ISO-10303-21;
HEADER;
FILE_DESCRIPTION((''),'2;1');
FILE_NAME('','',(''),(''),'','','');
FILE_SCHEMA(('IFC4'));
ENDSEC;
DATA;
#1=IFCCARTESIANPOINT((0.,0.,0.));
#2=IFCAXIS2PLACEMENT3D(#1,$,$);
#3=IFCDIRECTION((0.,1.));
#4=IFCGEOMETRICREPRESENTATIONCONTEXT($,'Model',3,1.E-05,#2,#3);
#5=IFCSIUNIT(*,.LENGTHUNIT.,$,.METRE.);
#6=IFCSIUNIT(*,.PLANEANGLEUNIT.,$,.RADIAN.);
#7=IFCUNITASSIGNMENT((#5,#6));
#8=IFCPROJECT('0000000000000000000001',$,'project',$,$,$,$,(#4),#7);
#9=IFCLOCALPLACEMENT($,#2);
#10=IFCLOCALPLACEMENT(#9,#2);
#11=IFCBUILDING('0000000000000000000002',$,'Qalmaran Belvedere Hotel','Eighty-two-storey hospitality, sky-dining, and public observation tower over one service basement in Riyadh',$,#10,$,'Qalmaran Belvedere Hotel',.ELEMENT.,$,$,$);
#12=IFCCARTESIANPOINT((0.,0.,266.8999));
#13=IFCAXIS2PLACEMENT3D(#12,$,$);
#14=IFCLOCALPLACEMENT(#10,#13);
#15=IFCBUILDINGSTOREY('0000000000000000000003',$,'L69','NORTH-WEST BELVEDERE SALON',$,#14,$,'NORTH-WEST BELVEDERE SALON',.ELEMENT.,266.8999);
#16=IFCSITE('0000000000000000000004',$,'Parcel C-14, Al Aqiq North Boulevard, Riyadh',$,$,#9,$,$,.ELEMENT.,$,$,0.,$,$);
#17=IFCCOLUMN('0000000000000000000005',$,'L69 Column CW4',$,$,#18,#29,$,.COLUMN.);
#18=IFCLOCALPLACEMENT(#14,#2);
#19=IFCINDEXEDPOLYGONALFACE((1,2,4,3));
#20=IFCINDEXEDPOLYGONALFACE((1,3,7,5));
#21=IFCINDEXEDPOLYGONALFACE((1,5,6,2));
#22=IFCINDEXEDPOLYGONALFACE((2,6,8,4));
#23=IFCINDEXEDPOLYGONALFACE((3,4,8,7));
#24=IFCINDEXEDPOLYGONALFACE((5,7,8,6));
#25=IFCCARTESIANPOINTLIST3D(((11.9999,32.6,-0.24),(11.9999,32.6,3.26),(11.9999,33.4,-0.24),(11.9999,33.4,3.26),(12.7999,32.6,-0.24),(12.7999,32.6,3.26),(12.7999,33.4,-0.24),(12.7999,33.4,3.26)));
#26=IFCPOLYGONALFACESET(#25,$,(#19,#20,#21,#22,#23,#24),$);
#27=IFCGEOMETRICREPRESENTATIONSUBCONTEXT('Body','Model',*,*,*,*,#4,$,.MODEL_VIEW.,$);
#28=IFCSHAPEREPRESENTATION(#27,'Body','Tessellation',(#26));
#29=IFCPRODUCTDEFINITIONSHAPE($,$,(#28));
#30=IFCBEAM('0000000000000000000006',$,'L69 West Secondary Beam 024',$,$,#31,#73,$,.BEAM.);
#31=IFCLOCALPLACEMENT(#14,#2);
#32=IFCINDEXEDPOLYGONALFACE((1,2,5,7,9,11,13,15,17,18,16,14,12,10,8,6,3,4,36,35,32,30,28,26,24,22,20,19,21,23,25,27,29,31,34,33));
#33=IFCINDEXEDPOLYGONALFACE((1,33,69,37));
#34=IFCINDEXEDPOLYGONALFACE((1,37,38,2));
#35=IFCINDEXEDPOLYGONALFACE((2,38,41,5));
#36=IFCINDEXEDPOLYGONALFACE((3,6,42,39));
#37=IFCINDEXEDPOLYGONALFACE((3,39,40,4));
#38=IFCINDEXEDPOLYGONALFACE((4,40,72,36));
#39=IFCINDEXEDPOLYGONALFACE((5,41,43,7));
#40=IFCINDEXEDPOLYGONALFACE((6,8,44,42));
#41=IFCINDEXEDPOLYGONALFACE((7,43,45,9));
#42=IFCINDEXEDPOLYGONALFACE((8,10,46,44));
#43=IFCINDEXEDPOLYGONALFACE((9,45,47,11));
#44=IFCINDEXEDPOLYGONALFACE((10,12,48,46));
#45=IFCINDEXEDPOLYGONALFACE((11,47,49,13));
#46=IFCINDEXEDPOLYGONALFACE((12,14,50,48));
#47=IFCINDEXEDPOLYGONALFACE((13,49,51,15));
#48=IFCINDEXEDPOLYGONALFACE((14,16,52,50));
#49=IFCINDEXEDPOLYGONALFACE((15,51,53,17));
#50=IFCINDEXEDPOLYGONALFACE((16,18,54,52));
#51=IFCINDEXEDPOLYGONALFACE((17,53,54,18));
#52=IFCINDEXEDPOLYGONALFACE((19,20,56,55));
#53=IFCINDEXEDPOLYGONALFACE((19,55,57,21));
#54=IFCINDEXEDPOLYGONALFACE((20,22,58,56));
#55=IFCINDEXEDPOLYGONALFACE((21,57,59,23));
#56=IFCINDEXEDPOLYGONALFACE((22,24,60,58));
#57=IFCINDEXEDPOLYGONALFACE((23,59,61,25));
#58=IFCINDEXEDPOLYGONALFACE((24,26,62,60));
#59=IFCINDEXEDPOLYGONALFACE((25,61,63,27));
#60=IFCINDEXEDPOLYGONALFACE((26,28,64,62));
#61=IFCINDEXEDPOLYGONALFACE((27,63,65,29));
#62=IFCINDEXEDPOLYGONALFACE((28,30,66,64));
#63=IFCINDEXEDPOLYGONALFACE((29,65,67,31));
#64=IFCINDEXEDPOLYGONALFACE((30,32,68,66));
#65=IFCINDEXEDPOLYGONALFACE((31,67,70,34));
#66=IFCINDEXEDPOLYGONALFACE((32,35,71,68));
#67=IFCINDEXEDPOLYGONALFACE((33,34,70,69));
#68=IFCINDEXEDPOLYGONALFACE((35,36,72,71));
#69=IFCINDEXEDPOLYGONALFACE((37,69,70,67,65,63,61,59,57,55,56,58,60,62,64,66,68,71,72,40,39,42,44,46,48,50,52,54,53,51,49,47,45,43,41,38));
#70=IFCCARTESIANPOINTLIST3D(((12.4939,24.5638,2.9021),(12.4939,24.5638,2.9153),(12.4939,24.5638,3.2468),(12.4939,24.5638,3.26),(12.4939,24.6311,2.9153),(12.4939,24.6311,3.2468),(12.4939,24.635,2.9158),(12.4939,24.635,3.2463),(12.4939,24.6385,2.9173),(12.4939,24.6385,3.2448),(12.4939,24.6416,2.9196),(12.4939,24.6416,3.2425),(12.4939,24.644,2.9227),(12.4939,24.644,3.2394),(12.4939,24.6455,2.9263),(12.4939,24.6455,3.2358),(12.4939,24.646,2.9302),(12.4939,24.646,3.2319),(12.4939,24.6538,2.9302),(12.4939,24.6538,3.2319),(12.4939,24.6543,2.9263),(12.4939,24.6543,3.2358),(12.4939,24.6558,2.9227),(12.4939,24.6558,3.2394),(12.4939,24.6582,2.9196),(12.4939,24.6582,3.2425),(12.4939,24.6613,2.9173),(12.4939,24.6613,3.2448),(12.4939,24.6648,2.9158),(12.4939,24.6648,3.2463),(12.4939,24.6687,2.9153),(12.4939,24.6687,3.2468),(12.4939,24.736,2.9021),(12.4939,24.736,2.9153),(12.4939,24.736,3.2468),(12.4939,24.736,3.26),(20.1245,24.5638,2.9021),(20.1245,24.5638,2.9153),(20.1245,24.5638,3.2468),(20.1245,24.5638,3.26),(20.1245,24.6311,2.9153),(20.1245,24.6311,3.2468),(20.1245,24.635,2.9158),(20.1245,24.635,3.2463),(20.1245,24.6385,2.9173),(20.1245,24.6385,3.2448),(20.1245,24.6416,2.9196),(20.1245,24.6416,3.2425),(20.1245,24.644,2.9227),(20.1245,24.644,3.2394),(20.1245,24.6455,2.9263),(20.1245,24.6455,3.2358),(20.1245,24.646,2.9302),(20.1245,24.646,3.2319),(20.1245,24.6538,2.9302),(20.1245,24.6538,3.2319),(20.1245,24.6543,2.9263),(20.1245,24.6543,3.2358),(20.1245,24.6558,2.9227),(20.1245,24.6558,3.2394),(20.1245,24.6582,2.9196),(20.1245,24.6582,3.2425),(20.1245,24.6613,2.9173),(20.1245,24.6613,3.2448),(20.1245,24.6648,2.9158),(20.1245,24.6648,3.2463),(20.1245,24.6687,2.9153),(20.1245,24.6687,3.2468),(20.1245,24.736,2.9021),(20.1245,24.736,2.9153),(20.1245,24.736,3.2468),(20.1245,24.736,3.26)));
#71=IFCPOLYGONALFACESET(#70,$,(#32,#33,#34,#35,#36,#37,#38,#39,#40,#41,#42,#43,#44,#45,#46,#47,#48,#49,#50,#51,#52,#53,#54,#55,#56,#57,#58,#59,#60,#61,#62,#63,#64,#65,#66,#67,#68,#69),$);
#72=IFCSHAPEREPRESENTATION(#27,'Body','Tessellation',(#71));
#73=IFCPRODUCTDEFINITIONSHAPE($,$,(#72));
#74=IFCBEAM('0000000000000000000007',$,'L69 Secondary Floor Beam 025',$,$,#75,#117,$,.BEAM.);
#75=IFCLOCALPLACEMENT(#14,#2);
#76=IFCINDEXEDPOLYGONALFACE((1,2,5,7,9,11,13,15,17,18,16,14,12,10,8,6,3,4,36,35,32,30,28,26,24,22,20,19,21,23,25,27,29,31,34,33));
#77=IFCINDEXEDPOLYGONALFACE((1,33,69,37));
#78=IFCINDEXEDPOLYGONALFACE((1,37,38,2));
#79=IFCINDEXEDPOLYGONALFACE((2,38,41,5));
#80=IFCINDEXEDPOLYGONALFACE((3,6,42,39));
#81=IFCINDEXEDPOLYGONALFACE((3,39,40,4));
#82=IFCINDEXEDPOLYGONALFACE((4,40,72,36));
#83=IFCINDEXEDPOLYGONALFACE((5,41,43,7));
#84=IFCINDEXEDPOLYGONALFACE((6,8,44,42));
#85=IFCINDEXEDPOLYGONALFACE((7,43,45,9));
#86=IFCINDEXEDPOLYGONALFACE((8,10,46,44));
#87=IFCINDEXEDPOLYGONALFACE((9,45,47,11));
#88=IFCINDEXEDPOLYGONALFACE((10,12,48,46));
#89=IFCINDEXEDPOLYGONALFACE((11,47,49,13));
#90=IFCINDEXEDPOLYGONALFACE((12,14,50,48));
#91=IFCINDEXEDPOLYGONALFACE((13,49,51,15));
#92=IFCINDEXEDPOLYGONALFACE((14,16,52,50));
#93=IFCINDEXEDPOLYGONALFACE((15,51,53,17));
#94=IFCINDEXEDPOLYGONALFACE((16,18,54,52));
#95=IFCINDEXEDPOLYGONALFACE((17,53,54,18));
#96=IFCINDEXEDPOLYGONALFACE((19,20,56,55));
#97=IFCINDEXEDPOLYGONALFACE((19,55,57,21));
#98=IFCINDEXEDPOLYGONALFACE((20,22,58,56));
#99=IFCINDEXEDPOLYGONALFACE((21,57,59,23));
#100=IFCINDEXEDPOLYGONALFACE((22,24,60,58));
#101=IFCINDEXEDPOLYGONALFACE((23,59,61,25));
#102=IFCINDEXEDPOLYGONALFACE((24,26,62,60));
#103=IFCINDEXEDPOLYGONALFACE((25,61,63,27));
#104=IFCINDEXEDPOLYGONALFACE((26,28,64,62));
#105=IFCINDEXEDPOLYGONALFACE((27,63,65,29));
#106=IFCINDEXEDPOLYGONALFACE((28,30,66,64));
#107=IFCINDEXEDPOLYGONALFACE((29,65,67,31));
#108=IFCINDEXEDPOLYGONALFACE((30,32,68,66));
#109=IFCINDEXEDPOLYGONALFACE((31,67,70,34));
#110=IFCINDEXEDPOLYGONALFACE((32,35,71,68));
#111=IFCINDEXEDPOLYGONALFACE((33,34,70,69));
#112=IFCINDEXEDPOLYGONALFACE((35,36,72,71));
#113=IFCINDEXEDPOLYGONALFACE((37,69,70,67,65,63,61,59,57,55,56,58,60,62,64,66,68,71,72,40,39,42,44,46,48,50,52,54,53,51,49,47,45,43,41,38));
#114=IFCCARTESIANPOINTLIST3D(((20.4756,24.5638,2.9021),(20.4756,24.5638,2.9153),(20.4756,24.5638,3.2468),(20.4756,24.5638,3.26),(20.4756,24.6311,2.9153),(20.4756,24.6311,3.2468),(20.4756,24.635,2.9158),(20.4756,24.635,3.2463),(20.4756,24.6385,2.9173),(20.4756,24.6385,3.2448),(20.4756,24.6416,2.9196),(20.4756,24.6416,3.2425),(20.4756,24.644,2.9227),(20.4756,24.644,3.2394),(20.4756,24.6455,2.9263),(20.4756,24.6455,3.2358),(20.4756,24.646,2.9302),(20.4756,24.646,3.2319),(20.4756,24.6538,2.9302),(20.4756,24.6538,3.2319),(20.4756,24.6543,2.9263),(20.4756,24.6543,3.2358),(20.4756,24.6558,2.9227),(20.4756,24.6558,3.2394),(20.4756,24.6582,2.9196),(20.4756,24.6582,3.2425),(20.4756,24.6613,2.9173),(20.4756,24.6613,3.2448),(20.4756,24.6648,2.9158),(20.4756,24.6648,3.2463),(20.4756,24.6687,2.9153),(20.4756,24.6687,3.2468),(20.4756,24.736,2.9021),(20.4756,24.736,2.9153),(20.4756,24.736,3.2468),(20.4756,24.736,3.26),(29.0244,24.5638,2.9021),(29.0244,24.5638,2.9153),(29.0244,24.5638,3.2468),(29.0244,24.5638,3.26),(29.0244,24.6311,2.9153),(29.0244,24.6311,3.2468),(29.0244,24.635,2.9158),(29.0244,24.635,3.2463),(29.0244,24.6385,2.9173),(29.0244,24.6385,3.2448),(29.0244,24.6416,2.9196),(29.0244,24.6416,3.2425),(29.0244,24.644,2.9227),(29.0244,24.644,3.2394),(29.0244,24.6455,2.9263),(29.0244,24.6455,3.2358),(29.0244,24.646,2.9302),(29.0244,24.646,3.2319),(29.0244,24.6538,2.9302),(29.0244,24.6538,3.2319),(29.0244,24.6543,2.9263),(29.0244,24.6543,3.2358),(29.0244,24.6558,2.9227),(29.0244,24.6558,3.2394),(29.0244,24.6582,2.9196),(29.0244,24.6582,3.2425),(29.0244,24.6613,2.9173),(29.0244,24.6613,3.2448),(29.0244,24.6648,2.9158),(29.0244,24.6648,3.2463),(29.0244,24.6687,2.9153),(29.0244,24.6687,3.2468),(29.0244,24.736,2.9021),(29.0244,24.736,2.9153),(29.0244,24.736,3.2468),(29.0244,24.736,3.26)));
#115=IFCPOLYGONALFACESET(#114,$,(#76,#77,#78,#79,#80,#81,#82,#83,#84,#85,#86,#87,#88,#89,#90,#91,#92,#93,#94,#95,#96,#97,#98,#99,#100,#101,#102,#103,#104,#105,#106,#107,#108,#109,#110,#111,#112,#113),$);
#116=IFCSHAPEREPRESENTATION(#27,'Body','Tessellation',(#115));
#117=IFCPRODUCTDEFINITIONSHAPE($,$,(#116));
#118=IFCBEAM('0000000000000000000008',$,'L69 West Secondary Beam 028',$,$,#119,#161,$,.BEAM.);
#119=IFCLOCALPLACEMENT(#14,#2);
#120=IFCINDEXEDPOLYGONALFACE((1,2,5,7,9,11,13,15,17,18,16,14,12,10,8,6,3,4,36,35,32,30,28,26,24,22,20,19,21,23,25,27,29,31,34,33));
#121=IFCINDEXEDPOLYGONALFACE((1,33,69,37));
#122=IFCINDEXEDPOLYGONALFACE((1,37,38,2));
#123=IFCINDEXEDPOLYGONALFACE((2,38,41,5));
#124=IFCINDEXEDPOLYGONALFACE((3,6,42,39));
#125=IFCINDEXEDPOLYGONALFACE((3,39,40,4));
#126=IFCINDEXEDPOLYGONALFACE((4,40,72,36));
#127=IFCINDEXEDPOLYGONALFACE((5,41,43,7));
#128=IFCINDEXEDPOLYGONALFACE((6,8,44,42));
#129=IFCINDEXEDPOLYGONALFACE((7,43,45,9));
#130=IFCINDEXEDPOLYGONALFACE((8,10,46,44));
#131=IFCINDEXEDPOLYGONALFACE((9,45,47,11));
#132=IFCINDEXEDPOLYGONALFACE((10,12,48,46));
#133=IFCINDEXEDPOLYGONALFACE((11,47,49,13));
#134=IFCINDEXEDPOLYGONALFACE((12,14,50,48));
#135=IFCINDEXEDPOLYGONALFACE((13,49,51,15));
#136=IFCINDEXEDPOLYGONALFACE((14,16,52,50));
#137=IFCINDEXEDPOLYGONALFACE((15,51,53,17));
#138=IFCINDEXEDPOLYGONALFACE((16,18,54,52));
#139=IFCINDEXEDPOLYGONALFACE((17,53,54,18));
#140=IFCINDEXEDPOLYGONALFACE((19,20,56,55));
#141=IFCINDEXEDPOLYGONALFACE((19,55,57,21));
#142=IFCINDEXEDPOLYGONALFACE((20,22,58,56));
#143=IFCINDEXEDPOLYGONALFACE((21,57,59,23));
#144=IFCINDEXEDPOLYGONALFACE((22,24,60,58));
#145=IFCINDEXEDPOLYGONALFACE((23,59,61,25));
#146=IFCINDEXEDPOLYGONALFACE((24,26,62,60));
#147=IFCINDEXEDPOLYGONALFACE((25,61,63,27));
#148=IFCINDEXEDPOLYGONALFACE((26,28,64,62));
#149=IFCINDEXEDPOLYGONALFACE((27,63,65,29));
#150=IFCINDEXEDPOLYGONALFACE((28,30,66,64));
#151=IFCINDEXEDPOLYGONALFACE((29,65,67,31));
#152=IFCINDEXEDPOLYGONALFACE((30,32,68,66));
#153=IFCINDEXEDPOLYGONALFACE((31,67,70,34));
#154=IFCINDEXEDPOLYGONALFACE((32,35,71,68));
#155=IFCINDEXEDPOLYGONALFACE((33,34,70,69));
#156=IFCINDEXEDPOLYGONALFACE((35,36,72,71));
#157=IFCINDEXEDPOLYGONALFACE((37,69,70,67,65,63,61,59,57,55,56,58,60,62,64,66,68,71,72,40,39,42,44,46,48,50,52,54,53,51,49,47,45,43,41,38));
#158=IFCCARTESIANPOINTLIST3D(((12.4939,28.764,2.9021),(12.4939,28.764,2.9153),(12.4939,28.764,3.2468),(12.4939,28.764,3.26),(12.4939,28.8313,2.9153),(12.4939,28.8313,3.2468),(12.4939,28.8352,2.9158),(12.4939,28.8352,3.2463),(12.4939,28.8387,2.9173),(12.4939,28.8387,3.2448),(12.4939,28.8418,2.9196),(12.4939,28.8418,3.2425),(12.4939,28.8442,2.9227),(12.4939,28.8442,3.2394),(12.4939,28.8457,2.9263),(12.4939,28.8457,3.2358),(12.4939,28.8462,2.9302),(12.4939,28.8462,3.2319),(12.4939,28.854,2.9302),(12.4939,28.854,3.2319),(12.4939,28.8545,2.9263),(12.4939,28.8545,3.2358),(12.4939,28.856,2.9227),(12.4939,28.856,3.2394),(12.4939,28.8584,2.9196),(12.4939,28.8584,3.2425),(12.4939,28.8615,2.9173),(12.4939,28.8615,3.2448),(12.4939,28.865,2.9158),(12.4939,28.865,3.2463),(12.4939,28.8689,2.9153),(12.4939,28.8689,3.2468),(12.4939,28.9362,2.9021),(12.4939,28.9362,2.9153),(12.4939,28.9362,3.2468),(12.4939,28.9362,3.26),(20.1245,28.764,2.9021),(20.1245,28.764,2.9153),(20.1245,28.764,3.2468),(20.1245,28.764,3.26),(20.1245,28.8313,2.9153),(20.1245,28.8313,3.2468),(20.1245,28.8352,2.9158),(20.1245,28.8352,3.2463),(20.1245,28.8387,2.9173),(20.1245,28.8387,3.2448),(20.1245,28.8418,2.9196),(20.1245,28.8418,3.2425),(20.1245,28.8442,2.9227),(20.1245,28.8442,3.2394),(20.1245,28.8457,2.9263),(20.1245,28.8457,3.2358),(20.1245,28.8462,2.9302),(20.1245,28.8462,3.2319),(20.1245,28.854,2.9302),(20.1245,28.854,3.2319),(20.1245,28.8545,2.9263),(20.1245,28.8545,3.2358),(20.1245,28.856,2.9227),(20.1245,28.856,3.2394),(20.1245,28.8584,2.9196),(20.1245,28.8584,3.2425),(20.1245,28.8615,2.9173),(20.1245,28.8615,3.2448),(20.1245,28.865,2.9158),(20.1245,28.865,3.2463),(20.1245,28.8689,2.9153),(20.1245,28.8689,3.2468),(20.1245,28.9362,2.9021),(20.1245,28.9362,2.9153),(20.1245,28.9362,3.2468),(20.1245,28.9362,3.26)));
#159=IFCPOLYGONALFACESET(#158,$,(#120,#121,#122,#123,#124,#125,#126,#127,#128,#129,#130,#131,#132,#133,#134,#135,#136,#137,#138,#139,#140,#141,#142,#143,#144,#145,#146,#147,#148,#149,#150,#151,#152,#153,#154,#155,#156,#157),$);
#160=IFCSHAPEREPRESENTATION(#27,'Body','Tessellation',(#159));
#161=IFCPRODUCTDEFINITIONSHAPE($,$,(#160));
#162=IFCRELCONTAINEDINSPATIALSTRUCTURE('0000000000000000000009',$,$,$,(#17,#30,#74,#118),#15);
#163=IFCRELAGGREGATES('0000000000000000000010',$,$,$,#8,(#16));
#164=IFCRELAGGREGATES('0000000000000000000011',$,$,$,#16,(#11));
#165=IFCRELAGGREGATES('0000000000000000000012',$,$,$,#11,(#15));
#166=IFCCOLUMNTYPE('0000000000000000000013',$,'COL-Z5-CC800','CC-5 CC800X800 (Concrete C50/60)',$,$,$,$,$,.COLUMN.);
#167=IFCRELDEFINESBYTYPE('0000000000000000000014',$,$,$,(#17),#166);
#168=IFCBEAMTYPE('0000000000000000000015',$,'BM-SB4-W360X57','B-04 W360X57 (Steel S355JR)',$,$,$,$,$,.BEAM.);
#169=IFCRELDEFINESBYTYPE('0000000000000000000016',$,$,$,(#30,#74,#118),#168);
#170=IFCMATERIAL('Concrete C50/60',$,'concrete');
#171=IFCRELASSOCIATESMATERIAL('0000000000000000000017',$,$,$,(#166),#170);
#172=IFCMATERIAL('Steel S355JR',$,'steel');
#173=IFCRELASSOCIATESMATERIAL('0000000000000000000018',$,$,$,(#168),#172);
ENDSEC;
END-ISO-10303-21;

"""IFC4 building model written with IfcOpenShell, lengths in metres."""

from ifc_helpers import new_model, si_unit, direction, frame, origin, origin_2d, place, context, subcontext, project, spatial, rectangle, i_section, extrude, material, material_profile, profile_set, type_object, element, save


model = new_model("IFC4")

# Units and contexts
model_context = context("Model", 3, precision=1e-05, world=origin(), true_north=direction((0.0, 1.0)))
body_context = subcontext(model_context, "Body", "Model", "MODEL_VIEW")
ifc_project = project(units=[si_unit("LENGTHUNIT", "METRE"), si_unit("PLANEANGLEUNIT", "RADIAN")], contexts=[model_context])

# Site, building, storey
site_placement = place(None, origin())
site = spatial("IfcSite", under=ifc_project, at=site_placement, Name="Parcel C-14, Al Aqiq North Boulevard, Riyadh", CompositionType="ELEMENT", RefElevation=0.0)
building_placement = place(site_placement, origin())
building = spatial("IfcBuilding", under=site, at=building_placement, Name="Qalmaran Belvedere Hotel", Description="Eighty-two-storey hospitality, sky-dining, and public observation tower over one service basement in Riyadh", LongName="Qalmaran Belvedere Hotel", CompositionType="ELEMENT")
storey_placement = place(building_placement, frame((0.0, 0.0, 266.8999)))
storey = spatial("IfcBuildingStorey", under=building, at=storey_placement, Name="L69", Description="NORTH-WEST BELVEDERE SALON", LongName="NORTH-WEST BELVEDERE SALON", CompositionType="ELEMENT", Elevation=266.8999)

# Column
ifc_material_1 = material(Name="Concrete C50/60", Category="concrete")
ifc_material_profile_1 = material_profile(ifc_material_1, rectangle(XDim=0.8, YDim=0.8, at=origin_2d()), Name="CC800X800")
ifc_profile_set_1 = profile_set([ifc_material_profile_1], Name="Concrete C50/60")
column_type = type_object("IfcColumnType", Name="COL-Z5-CC800", Description="CC-5 CC800X800 (Concrete C50/60)", PredefinedType="COLUMN", material=ifc_profile_set_1)
column_placement = place(storey_placement, frame((12.3999, 33.0, -0.24), z_axis=(0.0, 0.0, 1.0), x_axis=(1.0, 0.0, 0.0)))
element("IfcColumn", 1, at=column_placement, inside=storey, type_object=column_type, Name="L69 Column CW4", PredefinedType="COLUMN", context=body_context, shape_type="SweptSolid", body=[
    extrude(rectangle(XDim=0.8, YDim=0.8, at=origin_2d()), origin(), (0.0, 0.0, 1.0), 3.5),
])

# Beams
ifc_material_2 = material(Name="Steel S355JR", Category="steel")
ifc_material_profile_2 = material_profile(ifc_material_2, i_section(OverallWidth=0.1721, OverallDepth=0.3579, WebThickness=0.0078, FlangeThickness=0.0132, FilletRadius=0.0149, at=origin_2d()), Name="W360X57")
ifc_profile_set_2 = profile_set([ifc_material_profile_2], Name="Steel S355JR")
beam_type_1 = type_object("IfcBeamType", Name="BM-SB4-W360X57", Description="B-04 W360X57 (Steel S355JR)", PredefinedType="BEAM", material=ifc_profile_set_2)
beam_1_placement = place(storey_placement, frame((12.4939, 24.6499, 3.0811), z_axis=(1.0, 0.0, 0.0), x_axis=(0.0, 1.0, 0.0)))
element("IfcBeam", 2, at=beam_1_placement, inside=storey, type_object=beam_type_1, Name="L69 West Secondary Beam 024", PredefinedType="BEAM", context=body_context, shape_type="SweptSolid", body=[
    extrude(i_section(OverallWidth=0.1721, OverallDepth=0.3579, WebThickness=0.0078, FlangeThickness=0.0132, FilletRadius=0.0149, at=origin_2d()), origin(), (0.0, 0.0, 1.0), 7.6306),
])
beam_2_placement = place(storey_placement, frame((20.4756, 24.6499, 3.0811), z_axis=(1.0, 0.0, 0.0), x_axis=(0.0, 1.0, 0.0)))
element("IfcBeam", 3, at=beam_2_placement, inside=storey, type_object=beam_type_1, Name="L69 Secondary Floor Beam 025", PredefinedType="BEAM", context=body_context, shape_type="SweptSolid", body=[
    extrude(i_section(OverallWidth=0.1721, OverallDepth=0.3579, WebThickness=0.0078, FlangeThickness=0.0132, FilletRadius=0.0149, at=origin_2d()), origin(), (0.0, 0.0, 1.0), 8.5488),
])
beam_3_placement = place(storey_placement, frame((12.4939, 28.8501, 3.0811), z_axis=(1.0, 0.0, 0.0), x_axis=(0.0, 1.0, 0.0)))
element("IfcBeam", 4, at=beam_3_placement, inside=storey, type_object=beam_type_1, Name="L69 West Secondary Beam 028", PredefinedType="BEAM", context=body_context, shape_type="SweptSolid", body=[
    extrude(i_section(OverallWidth=0.1721, OverallDepth=0.3579, WebThickness=0.0078, FlangeThickness=0.0132, FilletRadius=0.0149, at=origin_2d()), origin(), (0.0, 0.0, 1.0), 7.6306),
])

save(model, "model.ifc")
